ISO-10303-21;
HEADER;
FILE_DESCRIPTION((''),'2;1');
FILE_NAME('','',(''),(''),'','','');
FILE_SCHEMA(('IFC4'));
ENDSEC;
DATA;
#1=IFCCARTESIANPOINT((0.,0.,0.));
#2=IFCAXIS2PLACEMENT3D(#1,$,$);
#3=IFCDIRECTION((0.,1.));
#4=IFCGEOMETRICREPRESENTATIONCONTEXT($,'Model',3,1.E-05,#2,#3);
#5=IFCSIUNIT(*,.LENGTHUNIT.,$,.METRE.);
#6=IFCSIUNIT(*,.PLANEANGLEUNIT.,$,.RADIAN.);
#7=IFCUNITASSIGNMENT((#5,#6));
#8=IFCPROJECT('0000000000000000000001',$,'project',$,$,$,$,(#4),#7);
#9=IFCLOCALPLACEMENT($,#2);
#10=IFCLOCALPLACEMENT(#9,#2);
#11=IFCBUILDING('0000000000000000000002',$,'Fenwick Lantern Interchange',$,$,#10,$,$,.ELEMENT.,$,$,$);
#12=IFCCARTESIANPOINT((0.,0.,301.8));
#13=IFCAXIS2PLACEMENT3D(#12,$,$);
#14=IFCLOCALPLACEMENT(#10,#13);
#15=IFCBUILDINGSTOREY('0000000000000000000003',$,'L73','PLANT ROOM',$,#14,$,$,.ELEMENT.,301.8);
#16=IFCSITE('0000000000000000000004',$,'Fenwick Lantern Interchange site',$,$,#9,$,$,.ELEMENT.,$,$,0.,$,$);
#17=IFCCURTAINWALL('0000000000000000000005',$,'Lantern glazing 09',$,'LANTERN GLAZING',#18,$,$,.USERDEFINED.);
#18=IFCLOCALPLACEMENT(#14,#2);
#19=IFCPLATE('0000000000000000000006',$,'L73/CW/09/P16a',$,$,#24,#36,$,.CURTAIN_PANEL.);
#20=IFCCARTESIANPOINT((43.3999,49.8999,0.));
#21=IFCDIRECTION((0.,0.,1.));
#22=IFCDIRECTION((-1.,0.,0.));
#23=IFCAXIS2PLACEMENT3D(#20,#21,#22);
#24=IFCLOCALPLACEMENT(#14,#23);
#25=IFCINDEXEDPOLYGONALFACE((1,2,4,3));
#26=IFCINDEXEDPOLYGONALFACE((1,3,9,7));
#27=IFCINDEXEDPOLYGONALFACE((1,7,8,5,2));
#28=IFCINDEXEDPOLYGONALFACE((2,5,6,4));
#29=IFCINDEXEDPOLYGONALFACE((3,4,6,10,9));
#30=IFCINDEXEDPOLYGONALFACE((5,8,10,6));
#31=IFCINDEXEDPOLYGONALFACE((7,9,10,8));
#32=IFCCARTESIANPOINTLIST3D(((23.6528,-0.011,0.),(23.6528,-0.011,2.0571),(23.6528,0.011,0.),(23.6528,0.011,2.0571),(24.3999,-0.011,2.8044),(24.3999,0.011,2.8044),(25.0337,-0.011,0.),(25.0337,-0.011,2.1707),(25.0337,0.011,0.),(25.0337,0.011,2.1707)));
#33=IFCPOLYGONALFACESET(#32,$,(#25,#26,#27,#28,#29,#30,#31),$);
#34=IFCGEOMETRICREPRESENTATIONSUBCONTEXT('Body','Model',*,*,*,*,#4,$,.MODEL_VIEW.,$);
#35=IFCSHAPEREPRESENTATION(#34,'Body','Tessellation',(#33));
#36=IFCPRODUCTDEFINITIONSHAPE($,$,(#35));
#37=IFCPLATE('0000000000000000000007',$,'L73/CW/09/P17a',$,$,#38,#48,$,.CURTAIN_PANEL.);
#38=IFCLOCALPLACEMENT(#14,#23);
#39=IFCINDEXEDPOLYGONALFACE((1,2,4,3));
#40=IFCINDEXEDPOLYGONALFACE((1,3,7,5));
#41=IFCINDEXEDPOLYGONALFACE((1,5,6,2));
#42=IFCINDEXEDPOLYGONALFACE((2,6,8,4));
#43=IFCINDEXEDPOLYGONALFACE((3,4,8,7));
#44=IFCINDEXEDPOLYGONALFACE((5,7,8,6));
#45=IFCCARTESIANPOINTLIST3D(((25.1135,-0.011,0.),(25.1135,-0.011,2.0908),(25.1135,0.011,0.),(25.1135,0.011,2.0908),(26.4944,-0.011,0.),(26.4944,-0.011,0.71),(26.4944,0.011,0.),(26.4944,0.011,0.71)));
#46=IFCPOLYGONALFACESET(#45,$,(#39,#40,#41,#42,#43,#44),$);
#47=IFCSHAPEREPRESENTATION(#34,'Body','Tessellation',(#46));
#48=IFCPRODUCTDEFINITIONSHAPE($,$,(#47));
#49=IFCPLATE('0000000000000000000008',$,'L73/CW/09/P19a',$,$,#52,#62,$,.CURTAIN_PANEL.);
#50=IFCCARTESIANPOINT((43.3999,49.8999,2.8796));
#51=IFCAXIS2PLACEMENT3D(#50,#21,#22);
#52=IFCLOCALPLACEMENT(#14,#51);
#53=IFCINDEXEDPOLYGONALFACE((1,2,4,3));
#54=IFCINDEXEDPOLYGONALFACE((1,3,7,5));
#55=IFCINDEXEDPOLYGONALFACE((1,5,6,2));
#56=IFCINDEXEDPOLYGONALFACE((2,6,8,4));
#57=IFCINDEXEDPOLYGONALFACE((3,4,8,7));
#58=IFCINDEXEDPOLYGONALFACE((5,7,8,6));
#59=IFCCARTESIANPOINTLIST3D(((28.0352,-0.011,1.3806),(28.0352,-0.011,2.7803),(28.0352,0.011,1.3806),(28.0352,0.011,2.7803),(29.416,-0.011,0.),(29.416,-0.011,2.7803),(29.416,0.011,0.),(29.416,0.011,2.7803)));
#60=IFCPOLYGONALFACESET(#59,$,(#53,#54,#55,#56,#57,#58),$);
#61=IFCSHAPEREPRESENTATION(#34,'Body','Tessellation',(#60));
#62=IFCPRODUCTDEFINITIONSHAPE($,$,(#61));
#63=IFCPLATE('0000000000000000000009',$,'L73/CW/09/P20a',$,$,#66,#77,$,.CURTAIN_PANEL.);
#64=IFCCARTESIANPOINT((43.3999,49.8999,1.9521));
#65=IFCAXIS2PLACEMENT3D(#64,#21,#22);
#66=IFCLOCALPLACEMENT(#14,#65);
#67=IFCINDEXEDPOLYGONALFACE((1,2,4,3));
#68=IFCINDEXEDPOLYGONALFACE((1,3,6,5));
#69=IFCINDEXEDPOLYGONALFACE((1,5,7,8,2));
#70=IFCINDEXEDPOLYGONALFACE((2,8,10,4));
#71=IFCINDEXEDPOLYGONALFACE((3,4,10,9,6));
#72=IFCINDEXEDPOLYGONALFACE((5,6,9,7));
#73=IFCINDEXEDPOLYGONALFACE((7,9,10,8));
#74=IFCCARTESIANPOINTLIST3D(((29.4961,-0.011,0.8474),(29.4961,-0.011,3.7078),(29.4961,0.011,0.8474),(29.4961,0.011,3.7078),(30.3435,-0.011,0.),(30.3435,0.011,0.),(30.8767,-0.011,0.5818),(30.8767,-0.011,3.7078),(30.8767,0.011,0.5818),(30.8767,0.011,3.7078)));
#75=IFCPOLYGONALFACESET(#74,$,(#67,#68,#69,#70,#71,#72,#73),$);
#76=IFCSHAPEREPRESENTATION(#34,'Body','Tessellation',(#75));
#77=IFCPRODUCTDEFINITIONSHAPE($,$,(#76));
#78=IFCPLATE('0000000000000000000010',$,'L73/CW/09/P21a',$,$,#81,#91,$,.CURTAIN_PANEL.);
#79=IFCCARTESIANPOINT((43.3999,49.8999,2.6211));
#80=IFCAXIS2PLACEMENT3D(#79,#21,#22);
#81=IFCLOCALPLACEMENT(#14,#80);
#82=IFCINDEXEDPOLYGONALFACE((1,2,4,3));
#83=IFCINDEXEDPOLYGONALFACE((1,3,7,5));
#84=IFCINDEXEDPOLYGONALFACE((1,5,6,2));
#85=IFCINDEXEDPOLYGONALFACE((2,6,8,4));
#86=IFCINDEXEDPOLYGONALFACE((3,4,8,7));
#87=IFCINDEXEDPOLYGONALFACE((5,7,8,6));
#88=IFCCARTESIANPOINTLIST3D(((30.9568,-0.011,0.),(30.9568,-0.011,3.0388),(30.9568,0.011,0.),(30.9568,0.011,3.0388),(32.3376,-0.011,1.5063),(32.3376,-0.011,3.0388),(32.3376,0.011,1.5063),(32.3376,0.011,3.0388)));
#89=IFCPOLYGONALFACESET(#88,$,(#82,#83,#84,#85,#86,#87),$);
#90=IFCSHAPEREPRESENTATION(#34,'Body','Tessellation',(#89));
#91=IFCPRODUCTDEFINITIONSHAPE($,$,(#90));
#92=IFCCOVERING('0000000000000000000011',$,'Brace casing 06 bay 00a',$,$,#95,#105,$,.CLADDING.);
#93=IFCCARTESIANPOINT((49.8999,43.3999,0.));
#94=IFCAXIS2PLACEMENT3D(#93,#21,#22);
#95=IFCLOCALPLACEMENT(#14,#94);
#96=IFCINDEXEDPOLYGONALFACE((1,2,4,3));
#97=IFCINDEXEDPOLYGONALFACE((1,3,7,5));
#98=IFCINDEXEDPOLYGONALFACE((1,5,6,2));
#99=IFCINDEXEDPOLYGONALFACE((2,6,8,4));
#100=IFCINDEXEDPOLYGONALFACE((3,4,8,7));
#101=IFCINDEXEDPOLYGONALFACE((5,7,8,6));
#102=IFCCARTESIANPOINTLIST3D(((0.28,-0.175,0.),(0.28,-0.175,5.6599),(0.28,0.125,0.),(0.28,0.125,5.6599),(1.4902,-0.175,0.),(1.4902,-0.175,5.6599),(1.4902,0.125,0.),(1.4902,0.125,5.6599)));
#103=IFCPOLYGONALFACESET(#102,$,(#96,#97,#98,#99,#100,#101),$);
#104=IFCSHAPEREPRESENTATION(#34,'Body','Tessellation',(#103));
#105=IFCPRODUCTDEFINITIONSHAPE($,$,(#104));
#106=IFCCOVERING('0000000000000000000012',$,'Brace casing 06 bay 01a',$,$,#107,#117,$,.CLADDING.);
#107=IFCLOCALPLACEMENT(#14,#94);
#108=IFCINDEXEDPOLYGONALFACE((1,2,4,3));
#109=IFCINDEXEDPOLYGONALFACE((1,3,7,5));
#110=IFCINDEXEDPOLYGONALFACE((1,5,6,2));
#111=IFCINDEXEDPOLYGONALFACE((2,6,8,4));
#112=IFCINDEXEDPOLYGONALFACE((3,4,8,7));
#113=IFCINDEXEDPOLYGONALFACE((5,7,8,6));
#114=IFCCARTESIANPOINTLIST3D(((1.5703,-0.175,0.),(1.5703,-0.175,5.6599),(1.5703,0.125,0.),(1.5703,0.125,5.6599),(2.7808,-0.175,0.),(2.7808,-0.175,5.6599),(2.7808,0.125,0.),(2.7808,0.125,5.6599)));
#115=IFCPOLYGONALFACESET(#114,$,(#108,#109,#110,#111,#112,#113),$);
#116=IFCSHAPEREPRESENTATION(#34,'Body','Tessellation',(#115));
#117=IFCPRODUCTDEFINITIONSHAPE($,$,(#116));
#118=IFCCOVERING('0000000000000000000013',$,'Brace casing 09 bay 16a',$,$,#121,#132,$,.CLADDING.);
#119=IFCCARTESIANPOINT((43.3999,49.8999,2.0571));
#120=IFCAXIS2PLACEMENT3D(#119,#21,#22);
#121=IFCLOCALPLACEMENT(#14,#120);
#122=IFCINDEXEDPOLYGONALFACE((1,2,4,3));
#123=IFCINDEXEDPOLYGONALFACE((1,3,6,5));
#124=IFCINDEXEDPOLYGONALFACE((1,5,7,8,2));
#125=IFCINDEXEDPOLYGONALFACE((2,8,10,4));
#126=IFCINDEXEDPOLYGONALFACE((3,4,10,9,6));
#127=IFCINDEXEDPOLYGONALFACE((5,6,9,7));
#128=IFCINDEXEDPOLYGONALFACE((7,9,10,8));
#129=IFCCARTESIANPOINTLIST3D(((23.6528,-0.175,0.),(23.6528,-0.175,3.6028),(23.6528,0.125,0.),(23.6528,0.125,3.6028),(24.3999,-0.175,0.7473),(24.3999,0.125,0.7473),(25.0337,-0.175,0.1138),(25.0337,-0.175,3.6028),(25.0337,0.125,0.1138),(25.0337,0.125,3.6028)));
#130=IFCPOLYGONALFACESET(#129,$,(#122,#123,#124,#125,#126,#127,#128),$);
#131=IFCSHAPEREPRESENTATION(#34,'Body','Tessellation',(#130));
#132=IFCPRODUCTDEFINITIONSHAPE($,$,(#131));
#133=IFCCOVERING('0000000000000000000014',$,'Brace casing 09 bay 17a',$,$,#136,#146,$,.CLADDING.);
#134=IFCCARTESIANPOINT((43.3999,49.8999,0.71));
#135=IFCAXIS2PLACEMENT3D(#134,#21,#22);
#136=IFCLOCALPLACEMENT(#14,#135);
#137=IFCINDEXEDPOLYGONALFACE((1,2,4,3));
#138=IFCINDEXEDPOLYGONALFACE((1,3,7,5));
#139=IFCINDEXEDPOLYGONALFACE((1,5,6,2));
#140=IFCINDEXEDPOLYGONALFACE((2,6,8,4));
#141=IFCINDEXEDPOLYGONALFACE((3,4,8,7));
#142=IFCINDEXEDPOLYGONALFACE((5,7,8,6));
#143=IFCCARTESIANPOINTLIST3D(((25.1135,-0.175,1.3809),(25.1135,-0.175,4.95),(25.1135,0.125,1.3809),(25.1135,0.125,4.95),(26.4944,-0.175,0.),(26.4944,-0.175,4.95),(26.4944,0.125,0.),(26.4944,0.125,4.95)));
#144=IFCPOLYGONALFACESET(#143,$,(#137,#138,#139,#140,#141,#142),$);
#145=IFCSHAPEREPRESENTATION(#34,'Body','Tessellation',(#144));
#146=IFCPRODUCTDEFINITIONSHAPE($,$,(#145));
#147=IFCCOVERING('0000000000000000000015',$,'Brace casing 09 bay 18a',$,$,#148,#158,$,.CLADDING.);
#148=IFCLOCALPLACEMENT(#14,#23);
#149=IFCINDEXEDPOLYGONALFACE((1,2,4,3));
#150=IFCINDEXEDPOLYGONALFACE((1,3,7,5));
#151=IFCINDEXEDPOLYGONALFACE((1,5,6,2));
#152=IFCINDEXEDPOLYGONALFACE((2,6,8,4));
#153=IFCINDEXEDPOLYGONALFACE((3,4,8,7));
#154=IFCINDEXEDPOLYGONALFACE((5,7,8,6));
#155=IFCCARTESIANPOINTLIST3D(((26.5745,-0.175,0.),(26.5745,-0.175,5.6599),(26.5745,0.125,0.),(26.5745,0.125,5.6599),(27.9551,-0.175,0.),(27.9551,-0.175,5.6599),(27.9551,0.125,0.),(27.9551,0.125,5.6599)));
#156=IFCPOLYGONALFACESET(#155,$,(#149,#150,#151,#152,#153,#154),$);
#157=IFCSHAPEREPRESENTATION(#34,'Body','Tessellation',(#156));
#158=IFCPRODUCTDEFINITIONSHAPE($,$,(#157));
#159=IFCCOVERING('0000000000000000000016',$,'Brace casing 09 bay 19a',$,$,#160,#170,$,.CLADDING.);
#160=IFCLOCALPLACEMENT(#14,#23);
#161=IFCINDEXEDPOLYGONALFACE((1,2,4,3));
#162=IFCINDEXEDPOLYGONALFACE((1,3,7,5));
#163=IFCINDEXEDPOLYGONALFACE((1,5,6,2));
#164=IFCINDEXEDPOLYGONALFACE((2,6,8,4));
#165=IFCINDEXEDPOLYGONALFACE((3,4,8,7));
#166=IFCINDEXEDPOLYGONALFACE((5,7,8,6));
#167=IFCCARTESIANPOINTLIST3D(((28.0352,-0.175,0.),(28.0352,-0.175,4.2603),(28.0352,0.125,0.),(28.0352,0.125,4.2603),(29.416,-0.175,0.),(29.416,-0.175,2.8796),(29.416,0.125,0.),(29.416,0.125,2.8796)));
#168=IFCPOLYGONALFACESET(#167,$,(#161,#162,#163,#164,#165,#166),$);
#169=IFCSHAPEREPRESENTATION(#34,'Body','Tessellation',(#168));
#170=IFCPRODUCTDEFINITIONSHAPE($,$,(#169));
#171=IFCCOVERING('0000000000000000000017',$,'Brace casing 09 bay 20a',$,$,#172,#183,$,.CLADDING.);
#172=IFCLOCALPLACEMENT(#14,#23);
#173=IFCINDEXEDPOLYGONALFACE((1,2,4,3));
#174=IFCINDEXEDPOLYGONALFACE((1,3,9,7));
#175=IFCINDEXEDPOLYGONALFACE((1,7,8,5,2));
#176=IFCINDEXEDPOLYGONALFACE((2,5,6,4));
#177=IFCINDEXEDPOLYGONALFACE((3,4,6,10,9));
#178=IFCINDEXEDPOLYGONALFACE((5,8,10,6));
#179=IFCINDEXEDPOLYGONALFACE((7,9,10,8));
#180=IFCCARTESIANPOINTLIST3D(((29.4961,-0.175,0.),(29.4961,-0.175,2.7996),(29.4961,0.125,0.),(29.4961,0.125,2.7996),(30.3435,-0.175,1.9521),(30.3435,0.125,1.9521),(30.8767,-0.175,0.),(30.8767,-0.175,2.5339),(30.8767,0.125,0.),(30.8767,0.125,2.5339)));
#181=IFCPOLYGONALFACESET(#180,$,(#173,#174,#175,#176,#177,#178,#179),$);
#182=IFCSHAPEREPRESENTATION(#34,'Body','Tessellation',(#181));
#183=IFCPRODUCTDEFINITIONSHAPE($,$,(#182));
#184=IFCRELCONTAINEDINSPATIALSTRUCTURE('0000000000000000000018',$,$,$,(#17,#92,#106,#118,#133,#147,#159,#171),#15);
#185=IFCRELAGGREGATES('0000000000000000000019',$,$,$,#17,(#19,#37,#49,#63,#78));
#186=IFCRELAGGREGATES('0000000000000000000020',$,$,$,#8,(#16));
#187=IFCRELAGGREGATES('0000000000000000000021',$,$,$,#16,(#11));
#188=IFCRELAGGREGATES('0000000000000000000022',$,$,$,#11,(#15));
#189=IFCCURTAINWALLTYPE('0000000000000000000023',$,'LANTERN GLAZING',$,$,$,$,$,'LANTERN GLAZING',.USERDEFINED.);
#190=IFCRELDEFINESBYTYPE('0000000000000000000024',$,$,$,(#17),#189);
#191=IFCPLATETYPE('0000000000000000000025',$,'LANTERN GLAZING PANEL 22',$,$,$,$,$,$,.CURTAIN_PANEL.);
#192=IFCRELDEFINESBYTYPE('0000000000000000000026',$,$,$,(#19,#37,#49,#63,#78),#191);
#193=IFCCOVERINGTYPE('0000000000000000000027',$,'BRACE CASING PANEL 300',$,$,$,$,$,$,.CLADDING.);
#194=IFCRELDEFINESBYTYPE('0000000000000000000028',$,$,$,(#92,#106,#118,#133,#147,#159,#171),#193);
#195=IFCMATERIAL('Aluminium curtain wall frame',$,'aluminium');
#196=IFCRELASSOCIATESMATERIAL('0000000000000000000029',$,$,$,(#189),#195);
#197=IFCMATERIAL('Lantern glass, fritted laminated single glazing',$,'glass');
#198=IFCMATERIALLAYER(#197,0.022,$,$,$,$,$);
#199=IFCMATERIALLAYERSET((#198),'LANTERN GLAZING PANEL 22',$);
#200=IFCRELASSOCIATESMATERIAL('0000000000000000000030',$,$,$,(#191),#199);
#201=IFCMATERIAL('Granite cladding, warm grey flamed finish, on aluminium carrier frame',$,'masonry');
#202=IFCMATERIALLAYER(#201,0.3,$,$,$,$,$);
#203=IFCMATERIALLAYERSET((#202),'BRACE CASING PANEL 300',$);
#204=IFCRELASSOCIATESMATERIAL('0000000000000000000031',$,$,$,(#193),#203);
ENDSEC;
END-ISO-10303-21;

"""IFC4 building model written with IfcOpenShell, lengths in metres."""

from ifc_helpers import new_model, si_unit, direction, frame, origin, place, context, subcontext, project, spatial, polyline, outline, extrude, material, layer, layer_set, type_object, element, aggregate, save


model = new_model("IFC4")

# Units and contexts
model_context = context("Model", 3, precision=1e-05, world=origin(), true_north=direction((0.0, 1.0)))
body_context = subcontext(model_context, "Body", "Model", "MODEL_VIEW")
ifc_project = project(units=[si_unit("LENGTHUNIT", "METRE"), si_unit("PLANEANGLEUNIT", "RADIAN")], contexts=[model_context])

# Site, building, storey
site_placement = place(None, origin())
site = spatial("IfcSite", under=ifc_project, at=site_placement, Name="Fenwick Lantern Interchange site", CompositionType="ELEMENT", RefElevation=0.0)
building_placement = place(site_placement, origin())
building = spatial("IfcBuilding", under=site, at=building_placement, Name="Fenwick Lantern Interchange", CompositionType="ELEMENT")
storey_placement = place(building_placement, frame((0.0, 0.0, 301.8)))
storey = spatial("IfcBuildingStorey", under=building, at=storey_placement, Name="L73", Description="PLANT ROOM", CompositionType="ELEMENT", Elevation=301.8)

# Shared definitions
ifc_material_1 = material(Name="Aluminium curtain wall frame", Category="aluminium")
curtain_wall_type = type_object("IfcCurtainWallType", Name="LANTERN GLAZING", ElementType="LANTERN GLAZING", PredefinedType="USERDEFINED", material=ifc_material_1)

# Curtain wall, plates
curtain_wall_1_placement = place(storey_placement, origin())
curtain_wall_1 = element("IfcCurtainWall", 1, at=curtain_wall_1_placement, inside=storey, type_object=curtain_wall_type, Name="Lantern glazing 09", ObjectType="LANTERN GLAZING", PredefinedType="USERDEFINED")
ifc_material_2 = material(Name="Lantern glass, fritted laminated single glazing", Category="glass")
ifc_layer_1 = layer(ifc_material_2, 0.022)
ifc_layer_set_1 = layer_set([ifc_layer_1], Name="LANTERN GLAZING PANEL 22")
plate_type = type_object("IfcPlateType", Name="LANTERN GLAZING PANEL 22", PredefinedType="CURTAIN_PANEL", material=ifc_layer_set_1)
plate_1_placement = place(storey_placement, frame((43.3999, 49.8999, 0.0), z_axis=(0.0, 0.0, 1.0), x_axis=(-1.0, 0.0, 0.0)))
plate_1 = element("IfcPlate", 2, at=plate_1_placement, type_object=plate_type, Name="L73/CW/09/P16a", PredefinedType="CURTAIN_PANEL", context=body_context, shape_type="SweptSolid", body=[
    extrude(outline(polyline([(23.6528, 0.0), (25.0337, 0.0), (25.0337, 2.1707), (24.3999, 2.8044), (23.6528, 2.0571), (23.6528, 0.0)])), frame((0.0, 0.011, 0.0), z_axis=(0.0, -1.0, 0.0), x_axis=(1.0, 0.0, 0.0)), (0.0, 0.0, 1.0), 0.022),
])
plate_2_placement = place(storey_placement, frame((43.3999, 49.8999, 0.0), z_axis=(0.0, 0.0, 1.0), x_axis=(-1.0, 0.0, 0.0)))
plate_2 = element("IfcPlate", 3, at=plate_2_placement, type_object=plate_type, Name="L73/CW/09/P17a", PredefinedType="CURTAIN_PANEL", context=body_context, shape_type="SweptSolid", body=[
    extrude(outline(polyline([(25.1135, 0.0), (26.4944, 0.0), (26.4944, 0.71), (25.1135, 2.0908), (25.1135, 0.0)])), frame((0.0, 0.011, 0.0), z_axis=(0.0, -1.0, 0.0), x_axis=(1.0, 0.0, 0.0)), (0.0, 0.0, 1.0), 0.022),
])
plate_3_placement = place(storey_placement, frame((43.3999, 49.8999, 2.8796), z_axis=(0.0, 0.0, 1.0), x_axis=(-1.0, 0.0, 0.0)))
plate_3 = element("IfcPlate", 4, at=plate_3_placement, type_object=plate_type, Name="L73/CW/09/P19a", PredefinedType="CURTAIN_PANEL", context=body_context, shape_type="SweptSolid", body=[
    extrude(outline(polyline([(29.416, 0.0), (29.416, 2.7803), (28.0352, 2.7803), (28.0352, 1.3806), (29.416, 0.0)])), frame((0.0, 0.011, 0.0), z_axis=(0.0, -1.0, 0.0), x_axis=(1.0, 0.0, 0.0)), (0.0, 0.0, 1.0), 0.022),
])
plate_4_placement = place(storey_placement, frame((43.3999, 49.8999, 1.9521), z_axis=(0.0, 0.0, 1.0), x_axis=(-1.0, 0.0, 0.0)))
plate_4 = element("IfcPlate", 5, at=plate_4_placement, type_object=plate_type, Name="L73/CW/09/P20a", PredefinedType="CURTAIN_PANEL", context=body_context, shape_type="SweptSolid", body=[
    extrude(outline(polyline([(30.3435, 0.0), (30.8767, 0.5818), (30.8767, 3.7078), (29.4961, 3.7078), (29.4961, 0.8474), (30.3435, 0.0)])), frame((0.0, 0.011, 0.0), z_axis=(0.0, -1.0, 0.0), x_axis=(1.0, 0.0, 0.0)), (0.0, 0.0, 1.0), 0.022),
])
plate_5_placement = place(storey_placement, frame((43.3999, 49.8999, 2.6211), z_axis=(0.0, 0.0, 1.0), x_axis=(-1.0, 0.0, 0.0)))
plate_5 = element("IfcPlate", 6, at=plate_5_placement, type_object=plate_type, Name="L73/CW/09/P21a", PredefinedType="CURTAIN_PANEL", context=body_context, shape_type="SweptSolid", body=[
    extrude(outline(polyline([(30.9568, 0.0), (32.3376, 1.5063), (32.3376, 3.0388), (30.9568, 3.0388), (30.9568, 0.0)])), frame((0.0, 0.011, 0.0), z_axis=(0.0, -1.0, 0.0), x_axis=(1.0, 0.0, 0.0)), (0.0, 0.0, 1.0), 0.022),
])
aggregate(curtain_wall_1, [plate_1, plate_2, plate_3, plate_4, plate_5])

# Coverings
ifc_material_3 = material(Name="Granite cladding, warm grey flamed finish, on aluminium carrier frame", Category="masonry")
ifc_layer_2 = layer(ifc_material_3, 0.3)
ifc_layer_set_2 = layer_set([ifc_layer_2], Name="BRACE CASING PANEL 300")
covering_type = type_object("IfcCoveringType", Name="BRACE CASING PANEL 300", PredefinedType="CLADDING", material=ifc_layer_set_2)
covering_1_placement = place(storey_placement, frame((49.8999, 43.3999, 0.0), z_axis=(0.0, 0.0, 1.0), x_axis=(-1.0, 0.0, 0.0)))
element("IfcCovering", 7, at=covering_1_placement, inside=storey, type_object=covering_type, Name="Brace casing 06 bay 00a", PredefinedType="CLADDING", context=body_context, shape_type="SweptSolid", body=[
    extrude(outline(polyline([(0.28, 0.0), (1.4902, 0.0), (1.4902, 5.6599), (0.28, 5.6599), (0.28, 0.0)])), frame((0.0, 0.125, 0.0), z_axis=(0.0, -1.0, 0.0), x_axis=(1.0, 0.0, 0.0)), (0.0, 0.0, 1.0), 0.3),
])
covering_2_placement = place(storey_placement, frame((49.8999, 43.3999, 0.0), z_axis=(0.0, 0.0, 1.0), x_axis=(-1.0, 0.0, 0.0)))
element("IfcCovering", 8, at=covering_2_placement, inside=storey, type_object=covering_type, Name="Brace casing 06 bay 01a", PredefinedType="CLADDING", context=body_context, shape_type="SweptSolid", body=[
    extrude(outline(polyline([(1.5703, 0.0), (2.7808, 0.0), (2.7808, 5.6599), (1.5703, 5.6599), (1.5703, 0.0)])), frame((0.0, 0.125, 0.0), z_axis=(0.0, -1.0, 0.0), x_axis=(1.0, 0.0, 0.0)), (0.0, 0.0, 1.0), 0.3),
])
covering_3_placement = place(storey_placement, frame((43.3999, 49.8999, 2.0571), z_axis=(0.0, 0.0, 1.0), x_axis=(-1.0, 0.0, 0.0)))
element("IfcCovering", 9, at=covering_3_placement, inside=storey, type_object=covering_type, Name="Brace casing 09 bay 16a", PredefinedType="CLADDING", context=body_context, shape_type="SweptSolid", body=[
    extrude(outline(polyline([(23.6528, 0.0), (24.3999, 0.7473), (25.0337, 0.1138), (25.0337, 3.6028), (23.6528, 3.6028), (23.6528, 0.0)])), frame((0.0, 0.125, 0.0), z_axis=(0.0, -1.0, 0.0), x_axis=(1.0, 0.0, 0.0)), (0.0, 0.0, 1.0), 0.3),
])
covering_4_placement = place(storey_placement, frame((43.3999, 49.8999, 0.71), z_axis=(0.0, 0.0, 1.0), x_axis=(-1.0, 0.0, 0.0)))
element("IfcCovering", 10, at=covering_4_placement, inside=storey, type_object=covering_type, Name="Brace casing 09 bay 17a", PredefinedType="CLADDING", context=body_context, shape_type="SweptSolid", body=[
    extrude(outline(polyline([(26.4944, 0.0), (26.4944, 4.95), (25.1135, 4.95), (25.1135, 1.3809), (26.4944, 0.0)])), frame((0.0, 0.125, 0.0), z_axis=(0.0, -1.0, 0.0), x_axis=(1.0, 0.0, 0.0)), (0.0, 0.0, 1.0), 0.3),
])
covering_5_placement = place(storey_placement, frame((43.3999, 49.8999, 0.0), z_axis=(0.0, 0.0, 1.0), x_axis=(-1.0, 0.0, 0.0)))
element("IfcCovering", 11, at=covering_5_placement, inside=storey, type_object=covering_type, Name="Brace casing 09 bay 18a", PredefinedType="CLADDING", context=body_context, shape_type="SweptSolid", body=[
    extrude(outline(polyline([(26.5745, 0.0), (27.9551, 0.0), (27.9551, 5.6599), (26.5745, 5.6599), (26.5745, 0.0)])), frame((0.0, 0.125, 0.0), z_axis=(0.0, -1.0, 0.0), x_axis=(1.0, 0.0, 0.0)), (0.0, 0.0, 1.0), 0.3),
])
covering_6_placement = place(storey_placement, frame((43.3999, 49.8999, 0.0), z_axis=(0.0, 0.0, 1.0), x_axis=(-1.0, 0.0, 0.0)))
element("IfcCovering", 12, at=covering_6_placement, inside=storey, type_object=covering_type, Name="Brace casing 09 bay 19a", PredefinedType="CLADDING", context=body_context, shape_type="SweptSolid", body=[
    extrude(outline(polyline([(28.0352, 0.0), (29.416, 0.0), (29.416, 2.8796), (28.0352, 4.2603), (28.0352, 0.0)])), frame((0.0, 0.125, 0.0), z_axis=(0.0, -1.0, 0.0), x_axis=(1.0, 0.0, 0.0)), (0.0, 0.0, 1.0), 0.3),
])
covering_7_placement = place(storey_placement, frame((43.3999, 49.8999, 0.0), z_axis=(0.0, 0.0, 1.0), x_axis=(-1.0, 0.0, 0.0)))
element("IfcCovering", 13, at=covering_7_placement, inside=storey, type_object=covering_type, Name="Brace casing 09 bay 20a", PredefinedType="CLADDING", context=body_context, shape_type="SweptSolid", body=[
    extrude(outline(polyline([(29.4961, 0.0), (30.8767, 0.0), (30.8767, 2.5339), (30.3435, 1.9521), (29.4961, 2.7996), (29.4961, 0.0)])), frame((0.0, 0.125, 0.0), z_axis=(0.0, -1.0, 0.0), x_axis=(1.0, 0.0, 0.0)), (0.0, 0.0, 1.0), 0.3),
])

save(model, "model.ifc")
